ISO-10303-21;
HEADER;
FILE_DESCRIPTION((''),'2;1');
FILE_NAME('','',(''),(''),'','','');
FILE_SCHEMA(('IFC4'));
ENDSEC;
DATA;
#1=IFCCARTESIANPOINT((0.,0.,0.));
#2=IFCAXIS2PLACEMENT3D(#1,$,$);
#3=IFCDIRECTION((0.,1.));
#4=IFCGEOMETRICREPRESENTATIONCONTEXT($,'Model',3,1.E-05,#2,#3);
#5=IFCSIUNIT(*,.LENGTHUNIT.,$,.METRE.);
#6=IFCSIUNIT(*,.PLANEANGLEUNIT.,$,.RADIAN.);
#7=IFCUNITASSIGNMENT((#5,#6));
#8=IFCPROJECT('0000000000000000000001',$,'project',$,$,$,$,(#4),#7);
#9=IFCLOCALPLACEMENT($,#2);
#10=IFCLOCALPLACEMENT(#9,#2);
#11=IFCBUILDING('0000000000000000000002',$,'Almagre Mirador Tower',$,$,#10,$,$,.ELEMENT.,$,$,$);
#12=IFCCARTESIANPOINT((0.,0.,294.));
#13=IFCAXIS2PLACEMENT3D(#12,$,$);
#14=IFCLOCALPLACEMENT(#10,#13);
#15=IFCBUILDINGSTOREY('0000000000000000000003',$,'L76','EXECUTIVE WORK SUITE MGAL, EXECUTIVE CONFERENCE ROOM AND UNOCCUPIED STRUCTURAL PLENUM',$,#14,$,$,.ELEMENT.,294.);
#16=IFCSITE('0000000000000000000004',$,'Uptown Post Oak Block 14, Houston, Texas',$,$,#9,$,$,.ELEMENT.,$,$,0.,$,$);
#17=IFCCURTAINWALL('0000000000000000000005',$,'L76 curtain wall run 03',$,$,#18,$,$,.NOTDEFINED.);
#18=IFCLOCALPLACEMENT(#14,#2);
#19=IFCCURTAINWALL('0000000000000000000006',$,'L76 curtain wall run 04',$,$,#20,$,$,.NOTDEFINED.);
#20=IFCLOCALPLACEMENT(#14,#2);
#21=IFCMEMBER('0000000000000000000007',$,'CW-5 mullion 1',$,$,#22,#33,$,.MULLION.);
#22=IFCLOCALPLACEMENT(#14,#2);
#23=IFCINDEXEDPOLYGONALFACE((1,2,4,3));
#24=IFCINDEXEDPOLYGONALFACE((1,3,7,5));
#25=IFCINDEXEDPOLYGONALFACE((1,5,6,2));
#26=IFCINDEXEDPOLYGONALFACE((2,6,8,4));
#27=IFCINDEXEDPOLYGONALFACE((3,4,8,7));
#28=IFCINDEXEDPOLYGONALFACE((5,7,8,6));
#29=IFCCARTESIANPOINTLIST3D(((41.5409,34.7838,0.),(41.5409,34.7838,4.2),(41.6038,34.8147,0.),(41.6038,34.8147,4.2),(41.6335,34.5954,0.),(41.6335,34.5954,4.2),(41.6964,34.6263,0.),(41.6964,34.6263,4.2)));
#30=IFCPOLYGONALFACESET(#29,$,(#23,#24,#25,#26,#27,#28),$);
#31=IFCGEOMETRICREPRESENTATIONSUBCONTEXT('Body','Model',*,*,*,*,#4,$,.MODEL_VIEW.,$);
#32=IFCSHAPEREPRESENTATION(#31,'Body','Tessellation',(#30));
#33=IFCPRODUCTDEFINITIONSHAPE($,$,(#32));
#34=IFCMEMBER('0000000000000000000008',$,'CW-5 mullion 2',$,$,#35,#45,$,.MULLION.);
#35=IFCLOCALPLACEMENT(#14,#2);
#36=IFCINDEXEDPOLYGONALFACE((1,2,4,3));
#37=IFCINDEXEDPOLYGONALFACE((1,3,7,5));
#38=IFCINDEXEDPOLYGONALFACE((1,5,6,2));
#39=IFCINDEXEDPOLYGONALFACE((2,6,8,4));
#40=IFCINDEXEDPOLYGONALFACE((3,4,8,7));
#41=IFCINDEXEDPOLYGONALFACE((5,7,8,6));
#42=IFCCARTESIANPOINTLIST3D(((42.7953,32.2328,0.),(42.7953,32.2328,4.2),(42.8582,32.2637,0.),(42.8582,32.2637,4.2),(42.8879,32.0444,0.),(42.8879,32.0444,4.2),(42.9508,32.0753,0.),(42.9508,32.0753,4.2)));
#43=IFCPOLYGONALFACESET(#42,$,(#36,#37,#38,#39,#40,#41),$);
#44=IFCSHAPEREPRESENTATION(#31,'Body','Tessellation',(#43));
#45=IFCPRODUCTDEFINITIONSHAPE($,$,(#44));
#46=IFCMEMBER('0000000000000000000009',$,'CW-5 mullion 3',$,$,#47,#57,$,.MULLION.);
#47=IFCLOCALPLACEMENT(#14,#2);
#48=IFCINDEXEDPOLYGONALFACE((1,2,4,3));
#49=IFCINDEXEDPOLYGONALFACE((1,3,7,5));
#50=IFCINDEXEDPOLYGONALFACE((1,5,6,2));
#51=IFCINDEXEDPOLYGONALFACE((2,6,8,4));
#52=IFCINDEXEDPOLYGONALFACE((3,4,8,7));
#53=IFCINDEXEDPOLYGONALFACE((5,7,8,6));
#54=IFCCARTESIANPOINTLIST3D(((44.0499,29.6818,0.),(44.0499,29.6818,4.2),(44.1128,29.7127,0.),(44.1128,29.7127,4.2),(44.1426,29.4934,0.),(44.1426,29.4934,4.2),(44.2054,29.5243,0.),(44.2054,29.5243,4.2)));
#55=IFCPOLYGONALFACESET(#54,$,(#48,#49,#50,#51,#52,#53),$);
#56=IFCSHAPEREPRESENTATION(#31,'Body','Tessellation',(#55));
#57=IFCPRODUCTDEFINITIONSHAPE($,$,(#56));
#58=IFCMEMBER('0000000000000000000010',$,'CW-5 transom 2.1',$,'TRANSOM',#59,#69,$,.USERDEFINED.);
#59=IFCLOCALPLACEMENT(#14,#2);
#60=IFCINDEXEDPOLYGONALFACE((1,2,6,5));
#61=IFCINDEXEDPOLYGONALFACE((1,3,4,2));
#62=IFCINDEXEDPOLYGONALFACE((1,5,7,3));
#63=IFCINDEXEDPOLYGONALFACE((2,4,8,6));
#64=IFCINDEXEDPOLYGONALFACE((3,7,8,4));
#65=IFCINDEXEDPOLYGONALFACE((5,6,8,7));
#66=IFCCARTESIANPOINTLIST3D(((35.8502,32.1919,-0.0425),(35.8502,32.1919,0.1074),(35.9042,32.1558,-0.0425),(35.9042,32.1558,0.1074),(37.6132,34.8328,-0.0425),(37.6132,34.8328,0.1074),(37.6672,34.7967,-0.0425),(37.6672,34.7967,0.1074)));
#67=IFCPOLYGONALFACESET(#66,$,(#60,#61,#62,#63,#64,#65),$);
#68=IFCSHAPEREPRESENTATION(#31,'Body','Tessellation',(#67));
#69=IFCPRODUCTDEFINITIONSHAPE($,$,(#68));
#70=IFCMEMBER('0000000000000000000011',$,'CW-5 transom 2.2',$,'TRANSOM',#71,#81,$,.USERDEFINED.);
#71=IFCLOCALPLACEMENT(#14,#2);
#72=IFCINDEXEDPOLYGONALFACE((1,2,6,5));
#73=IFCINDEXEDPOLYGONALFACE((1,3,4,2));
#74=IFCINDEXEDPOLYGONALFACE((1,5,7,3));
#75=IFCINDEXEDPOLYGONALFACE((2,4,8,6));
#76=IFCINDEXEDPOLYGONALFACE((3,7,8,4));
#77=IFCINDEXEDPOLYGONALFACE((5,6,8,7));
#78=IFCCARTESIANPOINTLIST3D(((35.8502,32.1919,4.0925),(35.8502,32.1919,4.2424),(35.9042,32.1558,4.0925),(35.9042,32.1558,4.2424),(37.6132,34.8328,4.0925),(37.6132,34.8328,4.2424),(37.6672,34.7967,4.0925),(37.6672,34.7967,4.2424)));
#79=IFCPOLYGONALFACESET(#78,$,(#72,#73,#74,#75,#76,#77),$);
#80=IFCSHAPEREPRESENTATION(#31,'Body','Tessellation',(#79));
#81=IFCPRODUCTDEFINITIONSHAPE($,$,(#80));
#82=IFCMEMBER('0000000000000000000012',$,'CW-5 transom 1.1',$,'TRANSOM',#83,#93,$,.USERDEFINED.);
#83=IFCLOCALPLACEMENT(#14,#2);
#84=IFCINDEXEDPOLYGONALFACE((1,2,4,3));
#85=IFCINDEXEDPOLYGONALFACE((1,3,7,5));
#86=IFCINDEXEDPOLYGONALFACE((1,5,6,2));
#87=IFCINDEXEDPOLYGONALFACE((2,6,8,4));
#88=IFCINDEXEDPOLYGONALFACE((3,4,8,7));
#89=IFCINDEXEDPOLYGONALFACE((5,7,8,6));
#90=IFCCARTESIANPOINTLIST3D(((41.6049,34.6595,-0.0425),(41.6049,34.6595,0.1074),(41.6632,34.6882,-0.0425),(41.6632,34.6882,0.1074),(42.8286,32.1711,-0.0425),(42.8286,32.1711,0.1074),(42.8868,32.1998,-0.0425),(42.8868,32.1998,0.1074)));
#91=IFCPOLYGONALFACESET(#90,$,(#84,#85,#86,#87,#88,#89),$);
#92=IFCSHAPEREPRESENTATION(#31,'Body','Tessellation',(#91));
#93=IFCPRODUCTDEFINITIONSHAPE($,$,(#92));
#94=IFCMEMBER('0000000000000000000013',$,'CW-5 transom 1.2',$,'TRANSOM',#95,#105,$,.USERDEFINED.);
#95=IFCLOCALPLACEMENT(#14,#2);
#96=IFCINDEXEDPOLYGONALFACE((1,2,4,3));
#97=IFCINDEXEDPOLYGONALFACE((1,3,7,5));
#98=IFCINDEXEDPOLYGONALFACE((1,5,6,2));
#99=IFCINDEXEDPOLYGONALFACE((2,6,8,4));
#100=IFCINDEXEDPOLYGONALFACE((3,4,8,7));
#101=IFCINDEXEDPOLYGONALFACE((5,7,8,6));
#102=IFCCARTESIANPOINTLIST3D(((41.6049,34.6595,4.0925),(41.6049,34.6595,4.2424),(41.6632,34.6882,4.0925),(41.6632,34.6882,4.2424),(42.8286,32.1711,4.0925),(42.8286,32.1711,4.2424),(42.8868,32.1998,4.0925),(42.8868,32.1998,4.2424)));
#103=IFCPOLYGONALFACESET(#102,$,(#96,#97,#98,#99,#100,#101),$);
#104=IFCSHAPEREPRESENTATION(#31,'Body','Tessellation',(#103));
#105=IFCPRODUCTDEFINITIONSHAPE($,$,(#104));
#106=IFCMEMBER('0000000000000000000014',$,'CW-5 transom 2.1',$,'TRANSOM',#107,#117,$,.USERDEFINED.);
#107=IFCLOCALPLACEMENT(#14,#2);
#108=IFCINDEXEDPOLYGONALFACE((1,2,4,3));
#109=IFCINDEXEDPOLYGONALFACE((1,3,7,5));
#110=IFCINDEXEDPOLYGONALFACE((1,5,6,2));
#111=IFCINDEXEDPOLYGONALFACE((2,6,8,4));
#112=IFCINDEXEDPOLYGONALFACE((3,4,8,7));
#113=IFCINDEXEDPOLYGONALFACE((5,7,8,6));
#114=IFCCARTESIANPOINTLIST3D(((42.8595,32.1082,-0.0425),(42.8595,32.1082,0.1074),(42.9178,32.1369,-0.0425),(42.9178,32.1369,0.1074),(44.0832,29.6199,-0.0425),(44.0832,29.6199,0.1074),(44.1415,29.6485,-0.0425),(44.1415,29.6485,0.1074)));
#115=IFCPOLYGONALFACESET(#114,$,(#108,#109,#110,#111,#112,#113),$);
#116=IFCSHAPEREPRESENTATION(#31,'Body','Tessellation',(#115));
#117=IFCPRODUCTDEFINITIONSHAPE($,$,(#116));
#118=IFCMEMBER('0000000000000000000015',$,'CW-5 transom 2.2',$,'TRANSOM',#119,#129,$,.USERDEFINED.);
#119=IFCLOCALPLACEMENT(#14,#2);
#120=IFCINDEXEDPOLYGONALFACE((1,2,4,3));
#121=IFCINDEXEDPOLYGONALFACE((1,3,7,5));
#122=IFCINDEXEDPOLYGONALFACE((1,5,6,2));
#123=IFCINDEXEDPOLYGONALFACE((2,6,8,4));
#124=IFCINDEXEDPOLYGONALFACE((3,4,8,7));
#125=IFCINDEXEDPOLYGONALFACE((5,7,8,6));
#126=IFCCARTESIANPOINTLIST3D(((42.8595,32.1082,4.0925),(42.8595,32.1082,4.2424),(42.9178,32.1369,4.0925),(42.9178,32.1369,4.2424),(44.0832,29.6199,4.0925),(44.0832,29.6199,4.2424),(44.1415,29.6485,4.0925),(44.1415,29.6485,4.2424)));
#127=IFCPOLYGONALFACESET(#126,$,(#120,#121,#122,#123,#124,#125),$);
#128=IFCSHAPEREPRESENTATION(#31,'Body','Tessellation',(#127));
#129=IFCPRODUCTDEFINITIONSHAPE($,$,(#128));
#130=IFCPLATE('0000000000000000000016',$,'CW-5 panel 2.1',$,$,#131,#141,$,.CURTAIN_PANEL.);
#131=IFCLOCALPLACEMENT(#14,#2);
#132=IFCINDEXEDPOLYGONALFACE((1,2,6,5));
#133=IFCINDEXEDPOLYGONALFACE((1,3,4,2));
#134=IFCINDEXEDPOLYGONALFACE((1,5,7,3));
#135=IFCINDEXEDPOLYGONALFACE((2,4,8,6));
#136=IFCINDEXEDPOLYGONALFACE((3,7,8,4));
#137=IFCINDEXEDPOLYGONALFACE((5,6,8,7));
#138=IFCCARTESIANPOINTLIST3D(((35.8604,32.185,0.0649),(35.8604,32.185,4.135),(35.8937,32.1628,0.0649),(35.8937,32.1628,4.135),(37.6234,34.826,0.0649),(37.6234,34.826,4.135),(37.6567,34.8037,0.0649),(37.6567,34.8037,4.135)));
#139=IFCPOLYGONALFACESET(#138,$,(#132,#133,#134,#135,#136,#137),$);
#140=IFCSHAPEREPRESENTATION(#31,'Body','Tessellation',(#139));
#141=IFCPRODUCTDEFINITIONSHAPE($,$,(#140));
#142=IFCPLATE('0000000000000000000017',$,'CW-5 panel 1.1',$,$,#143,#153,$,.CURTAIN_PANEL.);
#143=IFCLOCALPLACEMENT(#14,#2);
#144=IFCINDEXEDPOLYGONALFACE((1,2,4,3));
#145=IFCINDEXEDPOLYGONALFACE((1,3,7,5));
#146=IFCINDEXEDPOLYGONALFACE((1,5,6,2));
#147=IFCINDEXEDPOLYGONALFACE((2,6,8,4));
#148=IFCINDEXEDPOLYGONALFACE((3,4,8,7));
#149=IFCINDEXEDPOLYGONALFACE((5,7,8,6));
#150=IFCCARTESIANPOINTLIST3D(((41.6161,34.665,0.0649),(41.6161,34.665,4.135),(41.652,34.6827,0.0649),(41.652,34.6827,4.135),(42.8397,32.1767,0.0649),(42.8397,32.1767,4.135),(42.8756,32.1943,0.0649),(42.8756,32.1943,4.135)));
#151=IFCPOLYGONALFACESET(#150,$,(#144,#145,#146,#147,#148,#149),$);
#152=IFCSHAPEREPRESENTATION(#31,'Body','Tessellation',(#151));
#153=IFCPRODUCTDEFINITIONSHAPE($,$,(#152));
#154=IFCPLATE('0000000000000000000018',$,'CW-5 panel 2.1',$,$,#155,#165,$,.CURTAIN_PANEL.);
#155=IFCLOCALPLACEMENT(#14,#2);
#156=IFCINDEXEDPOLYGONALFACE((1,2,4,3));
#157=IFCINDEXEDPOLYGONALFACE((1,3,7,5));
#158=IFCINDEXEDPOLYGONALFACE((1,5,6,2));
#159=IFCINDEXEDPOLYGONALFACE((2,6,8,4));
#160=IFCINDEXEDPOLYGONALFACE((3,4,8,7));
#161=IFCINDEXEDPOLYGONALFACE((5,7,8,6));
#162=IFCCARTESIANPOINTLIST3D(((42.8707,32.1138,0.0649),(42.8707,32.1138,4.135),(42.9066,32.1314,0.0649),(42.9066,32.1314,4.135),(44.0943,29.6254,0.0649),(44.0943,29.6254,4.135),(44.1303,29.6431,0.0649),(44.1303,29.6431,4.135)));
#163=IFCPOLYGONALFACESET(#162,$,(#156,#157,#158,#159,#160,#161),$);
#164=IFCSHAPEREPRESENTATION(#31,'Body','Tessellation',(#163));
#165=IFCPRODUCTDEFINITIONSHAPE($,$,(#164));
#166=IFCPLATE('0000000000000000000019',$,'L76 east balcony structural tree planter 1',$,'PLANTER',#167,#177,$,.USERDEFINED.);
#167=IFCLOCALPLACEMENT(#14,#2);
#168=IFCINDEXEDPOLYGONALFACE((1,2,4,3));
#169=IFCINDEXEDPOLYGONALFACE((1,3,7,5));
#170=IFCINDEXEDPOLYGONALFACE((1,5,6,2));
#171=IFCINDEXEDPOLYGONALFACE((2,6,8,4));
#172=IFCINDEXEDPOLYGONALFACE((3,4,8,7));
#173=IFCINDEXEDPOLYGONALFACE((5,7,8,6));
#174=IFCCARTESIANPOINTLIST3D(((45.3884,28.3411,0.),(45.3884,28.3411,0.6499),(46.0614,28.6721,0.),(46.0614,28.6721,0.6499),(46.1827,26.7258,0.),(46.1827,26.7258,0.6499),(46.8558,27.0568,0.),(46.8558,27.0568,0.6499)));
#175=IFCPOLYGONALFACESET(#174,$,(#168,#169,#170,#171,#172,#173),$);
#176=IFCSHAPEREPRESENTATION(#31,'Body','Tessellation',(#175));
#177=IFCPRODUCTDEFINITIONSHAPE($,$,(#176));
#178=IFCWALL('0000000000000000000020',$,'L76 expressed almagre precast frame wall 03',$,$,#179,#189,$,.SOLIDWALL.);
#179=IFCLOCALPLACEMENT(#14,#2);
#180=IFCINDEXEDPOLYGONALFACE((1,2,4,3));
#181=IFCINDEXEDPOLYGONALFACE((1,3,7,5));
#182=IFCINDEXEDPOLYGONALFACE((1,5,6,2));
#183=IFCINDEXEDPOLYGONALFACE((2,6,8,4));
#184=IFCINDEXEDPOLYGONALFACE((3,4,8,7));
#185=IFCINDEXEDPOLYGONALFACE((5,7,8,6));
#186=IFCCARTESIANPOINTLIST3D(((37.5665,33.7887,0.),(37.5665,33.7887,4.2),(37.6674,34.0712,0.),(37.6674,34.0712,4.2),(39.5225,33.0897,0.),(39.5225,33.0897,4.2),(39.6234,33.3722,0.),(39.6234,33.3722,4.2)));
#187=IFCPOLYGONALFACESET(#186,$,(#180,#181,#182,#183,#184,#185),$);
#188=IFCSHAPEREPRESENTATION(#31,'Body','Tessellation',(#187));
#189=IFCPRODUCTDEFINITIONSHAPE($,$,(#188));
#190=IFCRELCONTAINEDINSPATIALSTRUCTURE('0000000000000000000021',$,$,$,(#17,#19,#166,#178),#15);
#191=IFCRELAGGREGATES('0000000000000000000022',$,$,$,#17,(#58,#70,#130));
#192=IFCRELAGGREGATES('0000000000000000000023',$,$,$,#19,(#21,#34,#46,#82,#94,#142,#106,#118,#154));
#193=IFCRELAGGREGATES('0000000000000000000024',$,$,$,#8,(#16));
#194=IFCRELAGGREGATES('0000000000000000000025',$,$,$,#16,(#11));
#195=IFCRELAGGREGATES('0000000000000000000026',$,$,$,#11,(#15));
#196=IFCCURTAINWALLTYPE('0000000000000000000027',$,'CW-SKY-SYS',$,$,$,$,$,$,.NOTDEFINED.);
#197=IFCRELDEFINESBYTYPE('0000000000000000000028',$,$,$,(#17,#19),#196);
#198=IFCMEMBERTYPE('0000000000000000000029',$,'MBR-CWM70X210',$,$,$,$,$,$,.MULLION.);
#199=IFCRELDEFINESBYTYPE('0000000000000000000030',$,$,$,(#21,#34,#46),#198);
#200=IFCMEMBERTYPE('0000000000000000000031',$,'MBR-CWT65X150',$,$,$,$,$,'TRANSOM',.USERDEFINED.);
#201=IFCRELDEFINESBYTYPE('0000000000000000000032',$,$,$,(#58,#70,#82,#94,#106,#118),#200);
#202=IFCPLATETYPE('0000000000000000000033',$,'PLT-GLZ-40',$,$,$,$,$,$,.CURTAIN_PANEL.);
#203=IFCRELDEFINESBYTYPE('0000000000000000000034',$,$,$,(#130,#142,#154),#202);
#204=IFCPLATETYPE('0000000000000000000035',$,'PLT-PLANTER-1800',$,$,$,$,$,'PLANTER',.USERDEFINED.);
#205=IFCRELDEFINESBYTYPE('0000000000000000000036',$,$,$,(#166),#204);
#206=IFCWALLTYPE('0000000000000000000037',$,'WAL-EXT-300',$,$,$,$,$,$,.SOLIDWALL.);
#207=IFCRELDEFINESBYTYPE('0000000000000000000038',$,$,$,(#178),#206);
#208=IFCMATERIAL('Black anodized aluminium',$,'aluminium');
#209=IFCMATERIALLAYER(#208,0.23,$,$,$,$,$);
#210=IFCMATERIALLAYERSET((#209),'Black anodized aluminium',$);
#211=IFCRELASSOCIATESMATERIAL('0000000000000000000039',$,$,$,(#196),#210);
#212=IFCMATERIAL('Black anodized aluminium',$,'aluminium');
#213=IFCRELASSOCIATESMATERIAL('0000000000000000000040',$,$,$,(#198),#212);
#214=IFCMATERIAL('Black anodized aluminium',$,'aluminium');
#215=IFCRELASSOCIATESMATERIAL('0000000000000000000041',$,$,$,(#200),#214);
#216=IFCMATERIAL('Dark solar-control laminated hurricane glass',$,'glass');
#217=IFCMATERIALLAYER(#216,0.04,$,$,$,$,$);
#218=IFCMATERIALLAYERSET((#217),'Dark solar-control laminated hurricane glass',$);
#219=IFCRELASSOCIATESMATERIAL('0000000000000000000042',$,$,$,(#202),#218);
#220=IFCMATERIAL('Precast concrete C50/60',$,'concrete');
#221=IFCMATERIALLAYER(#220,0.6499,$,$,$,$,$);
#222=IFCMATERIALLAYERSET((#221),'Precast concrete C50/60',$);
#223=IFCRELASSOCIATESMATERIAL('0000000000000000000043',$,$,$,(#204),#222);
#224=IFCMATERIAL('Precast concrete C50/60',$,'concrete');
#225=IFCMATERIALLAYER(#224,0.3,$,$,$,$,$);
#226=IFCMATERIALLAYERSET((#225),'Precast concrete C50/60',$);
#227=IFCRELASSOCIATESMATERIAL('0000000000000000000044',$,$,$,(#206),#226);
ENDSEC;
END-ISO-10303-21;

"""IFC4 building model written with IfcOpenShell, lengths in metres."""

from ifc_helpers import new_model, si_unit, direction, frame, frame_2d, origin, origin_2d, place, context, subcontext, project, spatial, rectangle, extrude, material, layer, layer_set, material_profile, profile_set, type_object, element, aggregate, save


model = new_model("IFC4")

# Units and contexts
model_context = context("Model", 3, precision=1e-05, world=origin(), true_north=direction((0.0, 1.0)))
body_context = subcontext(model_context, "Body", "Model", "MODEL_VIEW")
ifc_project = project(units=[si_unit("LENGTHUNIT", "METRE"), si_unit("PLANEANGLEUNIT", "RADIAN")], contexts=[model_context])

# Site, building, storey
site_placement = place(None, origin())
site = spatial("IfcSite", under=ifc_project, at=site_placement, Name="Uptown Post Oak Block 14, Houston, Texas", CompositionType="ELEMENT", RefElevation=0.0)
building_placement = place(site_placement, origin())
building = spatial("IfcBuilding", under=site, at=building_placement, Name="Almagre Mirador Tower", CompositionType="ELEMENT")
storey_placement = place(building_placement, frame((0.0, 0.0, 294.0)))
storey = spatial("IfcBuildingStorey", under=building, at=storey_placement, Name="L76", Description="EXECUTIVE WORK SUITE MGAL, EXECUTIVE CONFERENCE ROOM AND UNOCCUPIED STRUCTURAL PLENUM", CompositionType="ELEMENT", Elevation=294.0)

# Curtain walls, members
ifc_material_1 = material(Name="Black anodized aluminium", Category="aluminium")
ifc_layer_1 = layer(ifc_material_1, 0.23)
ifc_layer_set_1 = layer_set([ifc_layer_1], Name="Black anodized aluminium")
curtain_wall_type = type_object("IfcCurtainWallType", Name="CW-SKY-SYS", PredefinedType="NOTDEFINED", material=ifc_layer_set_1)
curtain_wall_1_placement = place(storey_placement, origin())
curtain_wall_1 = element("IfcCurtainWall", 1, at=curtain_wall_1_placement, inside=storey, type_object=curtain_wall_type, Name="L76 curtain wall run 03", PredefinedType="NOTDEFINED")
ifc_material_2 = material(Name="Black anodized aluminium", Category="aluminium")
ifc_material_profile_1 = material_profile(ifc_material_2, rectangle(XDim=0.0701, YDim=0.21, at=origin_2d()), Name="CWM70X210")
ifc_profile_set_1 = profile_set([ifc_material_profile_1], Name="Black anodized aluminium")
member_type_1 = type_object("IfcMemberType", Name="MBR-CWM70X210", PredefinedType="MULLION", material=ifc_profile_set_1)
curtain_wall_2_placement = place(storey_placement, origin())
curtain_wall_2 = element("IfcCurtainWall", 2, at=curtain_wall_2_placement, inside=storey, type_object=curtain_wall_type, Name="L76 curtain wall run 04", PredefinedType="NOTDEFINED")
member_1_placement = place(storey_placement, frame((41.6187, 34.7051, 0.0), z_axis=(0.0, 0.0, 1.0), x_axis=(0.897372, 0.441276, 0.0)))
member_1 = element("IfcMember", 3, at=member_1_placement, type_object=member_type_1, Name="CW-5 mullion 1", PredefinedType="MULLION", context=body_context, shape_type="SweptSolid", body=[
    extrude(rectangle(XDim=0.0701, YDim=0.21, at=origin_2d()), origin(), (0.0, 0.0, 1.0), 4.2),
])
member_2_placement = place(storey_placement, frame((42.873, 32.1541, 0.0), z_axis=(0.0, 0.0, 1.0), x_axis=(0.897372, 0.441276, 0.0)))
member_2 = element("IfcMember", 4, at=member_2_placement, type_object=member_type_1, Name="CW-5 mullion 2", PredefinedType="MULLION", context=body_context, shape_type="SweptSolid", body=[
    extrude(rectangle(XDim=0.0701, YDim=0.21, at=origin_2d()), origin(), (0.0, 0.0, 1.0), 4.2),
])
member_3_placement = place(storey_placement, frame((44.1277, 29.603, 0.0), z_axis=(0.0, 0.0, 1.0), x_axis=(0.897372, 0.441276, 0.0)))
member_3 = element("IfcMember", 5, at=member_3_placement, type_object=member_type_1, Name="CW-5 mullion 3", PredefinedType="MULLION", context=body_context, shape_type="SweptSolid", body=[
    extrude(rectangle(XDim=0.0701, YDim=0.21, at=origin_2d()), origin(), (0.0, 0.0, 1.0), 4.2),
])

# Members
ifc_material_3 = material(Name="Black anodized aluminium", Category="aluminium")
ifc_material_profile_2 = material_profile(ifc_material_3, rectangle(XDim=0.0649, YDim=0.1499, at=origin_2d()), Name="CWT65X150")
ifc_profile_set_2 = profile_set([ifc_material_profile_2], Name="Black anodized aluminium")
member_type_2 = type_object("IfcMemberType", Name="MBR-CWT65X150", ElementType="TRANSOM", PredefinedType="USERDEFINED", material=ifc_profile_set_2)
member_4_placement = place(storey_placement, frame((35.8772, 32.1738, 0.0325), z_axis=(0.555215, 0.831707, 0.0), x_axis=(-0.831707, 0.555215, 0.0)))
member_4 = element("IfcMember", 6, at=member_4_placement, type_object=member_type_2, Name="CW-5 transom 2.1", ObjectType="TRANSOM", PredefinedType="USERDEFINED", context=body_context, shape_type="SweptSolid", body=[
    extrude(rectangle(XDim=0.0649, YDim=0.1499, at=origin_2d()), origin(), (0.0, 0.0, 1.0), 3.1753),
])
member_5_placement = place(storey_placement, frame((35.8772, 32.1738, 4.1675), z_axis=(0.555215, 0.831707, 0.0), x_axis=(-0.831707, 0.555215, 0.0)))
member_5 = element("IfcMember", 7, at=member_5_placement, type_object=member_type_2, Name="CW-5 transom 2.2", ObjectType="TRANSOM", PredefinedType="USERDEFINED", context=body_context, shape_type="SweptSolid", body=[
    extrude(rectangle(XDim=0.0649, YDim=0.1499, at=origin_2d()), origin(), (0.0, 0.0, 1.0), 3.1753),
])
member_6_placement = place(storey_placement, frame((41.634, 34.6738, 0.0325), z_axis=(0.441287, -0.897366, 0.0), x_axis=(0.897366, 0.441287, 0.0)))
member_6 = element("IfcMember", 8, at=member_6_placement, type_object=member_type_2, Name="CW-5 transom 1.1", ObjectType="TRANSOM", PredefinedType="USERDEFINED", context=body_context, shape_type="SweptSolid", body=[
    extrude(rectangle(XDim=0.0649, YDim=0.1499, at=origin_2d()), origin(), (0.0, 0.0, 1.0), 2.7729),
])
member_7_placement = place(storey_placement, frame((41.634, 34.6738, 4.1675), z_axis=(0.441287, -0.897366, 0.0), x_axis=(0.897366, 0.441287, 0.0)))
member_7 = element("IfcMember", 9, at=member_7_placement, type_object=member_type_2, Name="CW-5 transom 1.2", ObjectType="TRANSOM", PredefinedType="USERDEFINED", context=body_context, shape_type="SweptSolid", body=[
    extrude(rectangle(XDim=0.0649, YDim=0.1499, at=origin_2d()), origin(), (0.0, 0.0, 1.0), 2.7729),
])
member_8_placement = place(storey_placement, frame((42.8887, 32.1226, 0.0325), z_axis=(0.441287, -0.897366, 0.0), x_axis=(0.897366, 0.441287, 0.0)))
member_8 = element("IfcMember", 10, at=member_8_placement, type_object=member_type_2, Name="CW-5 transom 2.1", ObjectType="TRANSOM", PredefinedType="USERDEFINED", context=body_context, shape_type="SweptSolid", body=[
    extrude(rectangle(XDim=0.0649, YDim=0.1499, at=origin_2d()), origin(), (0.0, 0.0, 1.0), 2.7729),
])
member_9_placement = place(storey_placement, frame((42.8887, 32.1226, 4.1675), z_axis=(0.441287, -0.897366, 0.0), x_axis=(0.897366, 0.441287, 0.0)))
member_9 = element("IfcMember", 11, at=member_9_placement, type_object=member_type_2, Name="CW-5 transom 2.2", ObjectType="TRANSOM", PredefinedType="USERDEFINED", context=body_context, shape_type="SweptSolid", body=[
    extrude(rectangle(XDim=0.0649, YDim=0.1499, at=origin_2d()), origin(), (0.0, 0.0, 1.0), 2.7729),
])

# Plates
ifc_material_4 = material(Name="Dark solar-control laminated hurricane glass", Category="glass")
ifc_layer_2 = layer(ifc_material_4, 0.04)
ifc_layer_set_2 = layer_set([ifc_layer_2], Name="Dark solar-control laminated hurricane glass")
plate_type_1 = type_object("IfcPlateType", Name="PLT-GLZ-40", PredefinedType="CURTAIN_PANEL", material=ifc_layer_set_2)
plate_1_placement = place(storey_placement, frame((36.7585, 33.4944, 0.0649), z_axis=(0.0, 0.0, 1.0), x_axis=(0.55521, 0.83171, 0.0)))
plate_1 = element("IfcPlate", 12, at=plate_1_placement, type_object=plate_type_1, Name="CW-5 panel 2.1", PredefinedType="CURTAIN_PANEL", context=body_context, shape_type="SweptSolid", body=[
    extrude(rectangle(XDim=3.1753, YDim=0.04, at=origin_2d()), origin(), (0.0, 0.0, 1.0), 4.0701),
])
aggregate(curtain_wall_1, [member_4, member_5, plate_1])
plate_2_placement = place(storey_placement, frame((42.2458, 33.4297, 0.0649), z_axis=(0.0, 0.0, 1.0), x_axis=(0.441276, -0.897372, 0.0)))
plate_2 = element("IfcPlate", 13, at=plate_2_placement, type_object=plate_type_1, Name="CW-5 panel 1.1", PredefinedType="CURTAIN_PANEL", context=body_context, shape_type="SweptSolid", body=[
    extrude(rectangle(XDim=2.7729, YDim=0.04, at=origin_2d()), origin(), (0.0, 0.0, 1.0), 4.0701),
])
plate_3_placement = place(storey_placement, frame((43.5005, 30.8784, 0.0649), z_axis=(0.0, 0.0, 1.0), x_axis=(0.441276, -0.897372, 0.0)))
plate_3 = element("IfcPlate", 14, at=plate_3_placement, type_object=plate_type_1, Name="CW-5 panel 2.1", PredefinedType="CURTAIN_PANEL", context=body_context, shape_type="SweptSolid", body=[
    extrude(rectangle(XDim=2.7729, YDim=0.04, at=origin_2d()), origin(), (0.0, 0.0, 1.0), 4.0701),
])
aggregate(curtain_wall_2, [member_1, member_2, member_3, member_6, member_7, plate_2, member_8, member_9, plate_3])
ifc_material_5 = material(Name="Precast concrete C50/60", Category="concrete")
ifc_layer_3 = layer(ifc_material_5, 0.6499)
ifc_layer_set_3 = layer_set([ifc_layer_3], Name="Precast concrete C50/60")
plate_type_2 = type_object("IfcPlateType", Name="PLT-PLANTER-1800", ElementType="PLANTER", PredefinedType="USERDEFINED", material=ifc_layer_set_3)
plate_4_placement = place(storey_placement, frame((46.1221, 27.699, 0.0), z_axis=(0.0, 0.0, 1.0), x_axis=(-0.441287, 0.897366, 0.0)))
element("IfcPlate", 15, at=plate_4_placement, inside=storey, type_object=plate_type_2, Name="L76 east balcony structural tree planter 1", ObjectType="PLANTER", PredefinedType="USERDEFINED", context=body_context, shape_type="SweptSolid", body=[
    extrude(rectangle(XDim=1.8, YDim=0.75, at=origin_2d()), origin(), (0.0, 0.0, 1.0), 0.6499),
])

# Wall
ifc_material_6 = material(Name="Precast concrete C50/60", Category="concrete")
ifc_layer_4 = layer(ifc_material_6, 0.3)
ifc_layer_set_4 = layer_set([ifc_layer_4], Name="Precast concrete C50/60")
wall_type_1 = type_object("IfcWallType", Name="WAL-EXT-300", PredefinedType="SOLIDWALL", material=ifc_layer_set_4)
wall_1_placement = place(storey_placement, frame((37.6169, 33.9299, 0.0), z_axis=(0.0, 0.0, 1.0), x_axis=(0.941683, -0.3365, 0.0)))
element("IfcWall", 16, at=wall_1_placement, inside=storey, type_object=wall_type_1, Name="L76 expressed almagre precast frame wall 03", PredefinedType="SOLIDWALL", context=body_context, shape_type="SweptSolid", body=[
    extrude(rectangle(XDim=2.0771, YDim=0.3, at=frame_2d((1.0386, 0.0))), origin(), (0.0, 0.0, 1.0), 4.2),
])

save(model, "model.ifc")
